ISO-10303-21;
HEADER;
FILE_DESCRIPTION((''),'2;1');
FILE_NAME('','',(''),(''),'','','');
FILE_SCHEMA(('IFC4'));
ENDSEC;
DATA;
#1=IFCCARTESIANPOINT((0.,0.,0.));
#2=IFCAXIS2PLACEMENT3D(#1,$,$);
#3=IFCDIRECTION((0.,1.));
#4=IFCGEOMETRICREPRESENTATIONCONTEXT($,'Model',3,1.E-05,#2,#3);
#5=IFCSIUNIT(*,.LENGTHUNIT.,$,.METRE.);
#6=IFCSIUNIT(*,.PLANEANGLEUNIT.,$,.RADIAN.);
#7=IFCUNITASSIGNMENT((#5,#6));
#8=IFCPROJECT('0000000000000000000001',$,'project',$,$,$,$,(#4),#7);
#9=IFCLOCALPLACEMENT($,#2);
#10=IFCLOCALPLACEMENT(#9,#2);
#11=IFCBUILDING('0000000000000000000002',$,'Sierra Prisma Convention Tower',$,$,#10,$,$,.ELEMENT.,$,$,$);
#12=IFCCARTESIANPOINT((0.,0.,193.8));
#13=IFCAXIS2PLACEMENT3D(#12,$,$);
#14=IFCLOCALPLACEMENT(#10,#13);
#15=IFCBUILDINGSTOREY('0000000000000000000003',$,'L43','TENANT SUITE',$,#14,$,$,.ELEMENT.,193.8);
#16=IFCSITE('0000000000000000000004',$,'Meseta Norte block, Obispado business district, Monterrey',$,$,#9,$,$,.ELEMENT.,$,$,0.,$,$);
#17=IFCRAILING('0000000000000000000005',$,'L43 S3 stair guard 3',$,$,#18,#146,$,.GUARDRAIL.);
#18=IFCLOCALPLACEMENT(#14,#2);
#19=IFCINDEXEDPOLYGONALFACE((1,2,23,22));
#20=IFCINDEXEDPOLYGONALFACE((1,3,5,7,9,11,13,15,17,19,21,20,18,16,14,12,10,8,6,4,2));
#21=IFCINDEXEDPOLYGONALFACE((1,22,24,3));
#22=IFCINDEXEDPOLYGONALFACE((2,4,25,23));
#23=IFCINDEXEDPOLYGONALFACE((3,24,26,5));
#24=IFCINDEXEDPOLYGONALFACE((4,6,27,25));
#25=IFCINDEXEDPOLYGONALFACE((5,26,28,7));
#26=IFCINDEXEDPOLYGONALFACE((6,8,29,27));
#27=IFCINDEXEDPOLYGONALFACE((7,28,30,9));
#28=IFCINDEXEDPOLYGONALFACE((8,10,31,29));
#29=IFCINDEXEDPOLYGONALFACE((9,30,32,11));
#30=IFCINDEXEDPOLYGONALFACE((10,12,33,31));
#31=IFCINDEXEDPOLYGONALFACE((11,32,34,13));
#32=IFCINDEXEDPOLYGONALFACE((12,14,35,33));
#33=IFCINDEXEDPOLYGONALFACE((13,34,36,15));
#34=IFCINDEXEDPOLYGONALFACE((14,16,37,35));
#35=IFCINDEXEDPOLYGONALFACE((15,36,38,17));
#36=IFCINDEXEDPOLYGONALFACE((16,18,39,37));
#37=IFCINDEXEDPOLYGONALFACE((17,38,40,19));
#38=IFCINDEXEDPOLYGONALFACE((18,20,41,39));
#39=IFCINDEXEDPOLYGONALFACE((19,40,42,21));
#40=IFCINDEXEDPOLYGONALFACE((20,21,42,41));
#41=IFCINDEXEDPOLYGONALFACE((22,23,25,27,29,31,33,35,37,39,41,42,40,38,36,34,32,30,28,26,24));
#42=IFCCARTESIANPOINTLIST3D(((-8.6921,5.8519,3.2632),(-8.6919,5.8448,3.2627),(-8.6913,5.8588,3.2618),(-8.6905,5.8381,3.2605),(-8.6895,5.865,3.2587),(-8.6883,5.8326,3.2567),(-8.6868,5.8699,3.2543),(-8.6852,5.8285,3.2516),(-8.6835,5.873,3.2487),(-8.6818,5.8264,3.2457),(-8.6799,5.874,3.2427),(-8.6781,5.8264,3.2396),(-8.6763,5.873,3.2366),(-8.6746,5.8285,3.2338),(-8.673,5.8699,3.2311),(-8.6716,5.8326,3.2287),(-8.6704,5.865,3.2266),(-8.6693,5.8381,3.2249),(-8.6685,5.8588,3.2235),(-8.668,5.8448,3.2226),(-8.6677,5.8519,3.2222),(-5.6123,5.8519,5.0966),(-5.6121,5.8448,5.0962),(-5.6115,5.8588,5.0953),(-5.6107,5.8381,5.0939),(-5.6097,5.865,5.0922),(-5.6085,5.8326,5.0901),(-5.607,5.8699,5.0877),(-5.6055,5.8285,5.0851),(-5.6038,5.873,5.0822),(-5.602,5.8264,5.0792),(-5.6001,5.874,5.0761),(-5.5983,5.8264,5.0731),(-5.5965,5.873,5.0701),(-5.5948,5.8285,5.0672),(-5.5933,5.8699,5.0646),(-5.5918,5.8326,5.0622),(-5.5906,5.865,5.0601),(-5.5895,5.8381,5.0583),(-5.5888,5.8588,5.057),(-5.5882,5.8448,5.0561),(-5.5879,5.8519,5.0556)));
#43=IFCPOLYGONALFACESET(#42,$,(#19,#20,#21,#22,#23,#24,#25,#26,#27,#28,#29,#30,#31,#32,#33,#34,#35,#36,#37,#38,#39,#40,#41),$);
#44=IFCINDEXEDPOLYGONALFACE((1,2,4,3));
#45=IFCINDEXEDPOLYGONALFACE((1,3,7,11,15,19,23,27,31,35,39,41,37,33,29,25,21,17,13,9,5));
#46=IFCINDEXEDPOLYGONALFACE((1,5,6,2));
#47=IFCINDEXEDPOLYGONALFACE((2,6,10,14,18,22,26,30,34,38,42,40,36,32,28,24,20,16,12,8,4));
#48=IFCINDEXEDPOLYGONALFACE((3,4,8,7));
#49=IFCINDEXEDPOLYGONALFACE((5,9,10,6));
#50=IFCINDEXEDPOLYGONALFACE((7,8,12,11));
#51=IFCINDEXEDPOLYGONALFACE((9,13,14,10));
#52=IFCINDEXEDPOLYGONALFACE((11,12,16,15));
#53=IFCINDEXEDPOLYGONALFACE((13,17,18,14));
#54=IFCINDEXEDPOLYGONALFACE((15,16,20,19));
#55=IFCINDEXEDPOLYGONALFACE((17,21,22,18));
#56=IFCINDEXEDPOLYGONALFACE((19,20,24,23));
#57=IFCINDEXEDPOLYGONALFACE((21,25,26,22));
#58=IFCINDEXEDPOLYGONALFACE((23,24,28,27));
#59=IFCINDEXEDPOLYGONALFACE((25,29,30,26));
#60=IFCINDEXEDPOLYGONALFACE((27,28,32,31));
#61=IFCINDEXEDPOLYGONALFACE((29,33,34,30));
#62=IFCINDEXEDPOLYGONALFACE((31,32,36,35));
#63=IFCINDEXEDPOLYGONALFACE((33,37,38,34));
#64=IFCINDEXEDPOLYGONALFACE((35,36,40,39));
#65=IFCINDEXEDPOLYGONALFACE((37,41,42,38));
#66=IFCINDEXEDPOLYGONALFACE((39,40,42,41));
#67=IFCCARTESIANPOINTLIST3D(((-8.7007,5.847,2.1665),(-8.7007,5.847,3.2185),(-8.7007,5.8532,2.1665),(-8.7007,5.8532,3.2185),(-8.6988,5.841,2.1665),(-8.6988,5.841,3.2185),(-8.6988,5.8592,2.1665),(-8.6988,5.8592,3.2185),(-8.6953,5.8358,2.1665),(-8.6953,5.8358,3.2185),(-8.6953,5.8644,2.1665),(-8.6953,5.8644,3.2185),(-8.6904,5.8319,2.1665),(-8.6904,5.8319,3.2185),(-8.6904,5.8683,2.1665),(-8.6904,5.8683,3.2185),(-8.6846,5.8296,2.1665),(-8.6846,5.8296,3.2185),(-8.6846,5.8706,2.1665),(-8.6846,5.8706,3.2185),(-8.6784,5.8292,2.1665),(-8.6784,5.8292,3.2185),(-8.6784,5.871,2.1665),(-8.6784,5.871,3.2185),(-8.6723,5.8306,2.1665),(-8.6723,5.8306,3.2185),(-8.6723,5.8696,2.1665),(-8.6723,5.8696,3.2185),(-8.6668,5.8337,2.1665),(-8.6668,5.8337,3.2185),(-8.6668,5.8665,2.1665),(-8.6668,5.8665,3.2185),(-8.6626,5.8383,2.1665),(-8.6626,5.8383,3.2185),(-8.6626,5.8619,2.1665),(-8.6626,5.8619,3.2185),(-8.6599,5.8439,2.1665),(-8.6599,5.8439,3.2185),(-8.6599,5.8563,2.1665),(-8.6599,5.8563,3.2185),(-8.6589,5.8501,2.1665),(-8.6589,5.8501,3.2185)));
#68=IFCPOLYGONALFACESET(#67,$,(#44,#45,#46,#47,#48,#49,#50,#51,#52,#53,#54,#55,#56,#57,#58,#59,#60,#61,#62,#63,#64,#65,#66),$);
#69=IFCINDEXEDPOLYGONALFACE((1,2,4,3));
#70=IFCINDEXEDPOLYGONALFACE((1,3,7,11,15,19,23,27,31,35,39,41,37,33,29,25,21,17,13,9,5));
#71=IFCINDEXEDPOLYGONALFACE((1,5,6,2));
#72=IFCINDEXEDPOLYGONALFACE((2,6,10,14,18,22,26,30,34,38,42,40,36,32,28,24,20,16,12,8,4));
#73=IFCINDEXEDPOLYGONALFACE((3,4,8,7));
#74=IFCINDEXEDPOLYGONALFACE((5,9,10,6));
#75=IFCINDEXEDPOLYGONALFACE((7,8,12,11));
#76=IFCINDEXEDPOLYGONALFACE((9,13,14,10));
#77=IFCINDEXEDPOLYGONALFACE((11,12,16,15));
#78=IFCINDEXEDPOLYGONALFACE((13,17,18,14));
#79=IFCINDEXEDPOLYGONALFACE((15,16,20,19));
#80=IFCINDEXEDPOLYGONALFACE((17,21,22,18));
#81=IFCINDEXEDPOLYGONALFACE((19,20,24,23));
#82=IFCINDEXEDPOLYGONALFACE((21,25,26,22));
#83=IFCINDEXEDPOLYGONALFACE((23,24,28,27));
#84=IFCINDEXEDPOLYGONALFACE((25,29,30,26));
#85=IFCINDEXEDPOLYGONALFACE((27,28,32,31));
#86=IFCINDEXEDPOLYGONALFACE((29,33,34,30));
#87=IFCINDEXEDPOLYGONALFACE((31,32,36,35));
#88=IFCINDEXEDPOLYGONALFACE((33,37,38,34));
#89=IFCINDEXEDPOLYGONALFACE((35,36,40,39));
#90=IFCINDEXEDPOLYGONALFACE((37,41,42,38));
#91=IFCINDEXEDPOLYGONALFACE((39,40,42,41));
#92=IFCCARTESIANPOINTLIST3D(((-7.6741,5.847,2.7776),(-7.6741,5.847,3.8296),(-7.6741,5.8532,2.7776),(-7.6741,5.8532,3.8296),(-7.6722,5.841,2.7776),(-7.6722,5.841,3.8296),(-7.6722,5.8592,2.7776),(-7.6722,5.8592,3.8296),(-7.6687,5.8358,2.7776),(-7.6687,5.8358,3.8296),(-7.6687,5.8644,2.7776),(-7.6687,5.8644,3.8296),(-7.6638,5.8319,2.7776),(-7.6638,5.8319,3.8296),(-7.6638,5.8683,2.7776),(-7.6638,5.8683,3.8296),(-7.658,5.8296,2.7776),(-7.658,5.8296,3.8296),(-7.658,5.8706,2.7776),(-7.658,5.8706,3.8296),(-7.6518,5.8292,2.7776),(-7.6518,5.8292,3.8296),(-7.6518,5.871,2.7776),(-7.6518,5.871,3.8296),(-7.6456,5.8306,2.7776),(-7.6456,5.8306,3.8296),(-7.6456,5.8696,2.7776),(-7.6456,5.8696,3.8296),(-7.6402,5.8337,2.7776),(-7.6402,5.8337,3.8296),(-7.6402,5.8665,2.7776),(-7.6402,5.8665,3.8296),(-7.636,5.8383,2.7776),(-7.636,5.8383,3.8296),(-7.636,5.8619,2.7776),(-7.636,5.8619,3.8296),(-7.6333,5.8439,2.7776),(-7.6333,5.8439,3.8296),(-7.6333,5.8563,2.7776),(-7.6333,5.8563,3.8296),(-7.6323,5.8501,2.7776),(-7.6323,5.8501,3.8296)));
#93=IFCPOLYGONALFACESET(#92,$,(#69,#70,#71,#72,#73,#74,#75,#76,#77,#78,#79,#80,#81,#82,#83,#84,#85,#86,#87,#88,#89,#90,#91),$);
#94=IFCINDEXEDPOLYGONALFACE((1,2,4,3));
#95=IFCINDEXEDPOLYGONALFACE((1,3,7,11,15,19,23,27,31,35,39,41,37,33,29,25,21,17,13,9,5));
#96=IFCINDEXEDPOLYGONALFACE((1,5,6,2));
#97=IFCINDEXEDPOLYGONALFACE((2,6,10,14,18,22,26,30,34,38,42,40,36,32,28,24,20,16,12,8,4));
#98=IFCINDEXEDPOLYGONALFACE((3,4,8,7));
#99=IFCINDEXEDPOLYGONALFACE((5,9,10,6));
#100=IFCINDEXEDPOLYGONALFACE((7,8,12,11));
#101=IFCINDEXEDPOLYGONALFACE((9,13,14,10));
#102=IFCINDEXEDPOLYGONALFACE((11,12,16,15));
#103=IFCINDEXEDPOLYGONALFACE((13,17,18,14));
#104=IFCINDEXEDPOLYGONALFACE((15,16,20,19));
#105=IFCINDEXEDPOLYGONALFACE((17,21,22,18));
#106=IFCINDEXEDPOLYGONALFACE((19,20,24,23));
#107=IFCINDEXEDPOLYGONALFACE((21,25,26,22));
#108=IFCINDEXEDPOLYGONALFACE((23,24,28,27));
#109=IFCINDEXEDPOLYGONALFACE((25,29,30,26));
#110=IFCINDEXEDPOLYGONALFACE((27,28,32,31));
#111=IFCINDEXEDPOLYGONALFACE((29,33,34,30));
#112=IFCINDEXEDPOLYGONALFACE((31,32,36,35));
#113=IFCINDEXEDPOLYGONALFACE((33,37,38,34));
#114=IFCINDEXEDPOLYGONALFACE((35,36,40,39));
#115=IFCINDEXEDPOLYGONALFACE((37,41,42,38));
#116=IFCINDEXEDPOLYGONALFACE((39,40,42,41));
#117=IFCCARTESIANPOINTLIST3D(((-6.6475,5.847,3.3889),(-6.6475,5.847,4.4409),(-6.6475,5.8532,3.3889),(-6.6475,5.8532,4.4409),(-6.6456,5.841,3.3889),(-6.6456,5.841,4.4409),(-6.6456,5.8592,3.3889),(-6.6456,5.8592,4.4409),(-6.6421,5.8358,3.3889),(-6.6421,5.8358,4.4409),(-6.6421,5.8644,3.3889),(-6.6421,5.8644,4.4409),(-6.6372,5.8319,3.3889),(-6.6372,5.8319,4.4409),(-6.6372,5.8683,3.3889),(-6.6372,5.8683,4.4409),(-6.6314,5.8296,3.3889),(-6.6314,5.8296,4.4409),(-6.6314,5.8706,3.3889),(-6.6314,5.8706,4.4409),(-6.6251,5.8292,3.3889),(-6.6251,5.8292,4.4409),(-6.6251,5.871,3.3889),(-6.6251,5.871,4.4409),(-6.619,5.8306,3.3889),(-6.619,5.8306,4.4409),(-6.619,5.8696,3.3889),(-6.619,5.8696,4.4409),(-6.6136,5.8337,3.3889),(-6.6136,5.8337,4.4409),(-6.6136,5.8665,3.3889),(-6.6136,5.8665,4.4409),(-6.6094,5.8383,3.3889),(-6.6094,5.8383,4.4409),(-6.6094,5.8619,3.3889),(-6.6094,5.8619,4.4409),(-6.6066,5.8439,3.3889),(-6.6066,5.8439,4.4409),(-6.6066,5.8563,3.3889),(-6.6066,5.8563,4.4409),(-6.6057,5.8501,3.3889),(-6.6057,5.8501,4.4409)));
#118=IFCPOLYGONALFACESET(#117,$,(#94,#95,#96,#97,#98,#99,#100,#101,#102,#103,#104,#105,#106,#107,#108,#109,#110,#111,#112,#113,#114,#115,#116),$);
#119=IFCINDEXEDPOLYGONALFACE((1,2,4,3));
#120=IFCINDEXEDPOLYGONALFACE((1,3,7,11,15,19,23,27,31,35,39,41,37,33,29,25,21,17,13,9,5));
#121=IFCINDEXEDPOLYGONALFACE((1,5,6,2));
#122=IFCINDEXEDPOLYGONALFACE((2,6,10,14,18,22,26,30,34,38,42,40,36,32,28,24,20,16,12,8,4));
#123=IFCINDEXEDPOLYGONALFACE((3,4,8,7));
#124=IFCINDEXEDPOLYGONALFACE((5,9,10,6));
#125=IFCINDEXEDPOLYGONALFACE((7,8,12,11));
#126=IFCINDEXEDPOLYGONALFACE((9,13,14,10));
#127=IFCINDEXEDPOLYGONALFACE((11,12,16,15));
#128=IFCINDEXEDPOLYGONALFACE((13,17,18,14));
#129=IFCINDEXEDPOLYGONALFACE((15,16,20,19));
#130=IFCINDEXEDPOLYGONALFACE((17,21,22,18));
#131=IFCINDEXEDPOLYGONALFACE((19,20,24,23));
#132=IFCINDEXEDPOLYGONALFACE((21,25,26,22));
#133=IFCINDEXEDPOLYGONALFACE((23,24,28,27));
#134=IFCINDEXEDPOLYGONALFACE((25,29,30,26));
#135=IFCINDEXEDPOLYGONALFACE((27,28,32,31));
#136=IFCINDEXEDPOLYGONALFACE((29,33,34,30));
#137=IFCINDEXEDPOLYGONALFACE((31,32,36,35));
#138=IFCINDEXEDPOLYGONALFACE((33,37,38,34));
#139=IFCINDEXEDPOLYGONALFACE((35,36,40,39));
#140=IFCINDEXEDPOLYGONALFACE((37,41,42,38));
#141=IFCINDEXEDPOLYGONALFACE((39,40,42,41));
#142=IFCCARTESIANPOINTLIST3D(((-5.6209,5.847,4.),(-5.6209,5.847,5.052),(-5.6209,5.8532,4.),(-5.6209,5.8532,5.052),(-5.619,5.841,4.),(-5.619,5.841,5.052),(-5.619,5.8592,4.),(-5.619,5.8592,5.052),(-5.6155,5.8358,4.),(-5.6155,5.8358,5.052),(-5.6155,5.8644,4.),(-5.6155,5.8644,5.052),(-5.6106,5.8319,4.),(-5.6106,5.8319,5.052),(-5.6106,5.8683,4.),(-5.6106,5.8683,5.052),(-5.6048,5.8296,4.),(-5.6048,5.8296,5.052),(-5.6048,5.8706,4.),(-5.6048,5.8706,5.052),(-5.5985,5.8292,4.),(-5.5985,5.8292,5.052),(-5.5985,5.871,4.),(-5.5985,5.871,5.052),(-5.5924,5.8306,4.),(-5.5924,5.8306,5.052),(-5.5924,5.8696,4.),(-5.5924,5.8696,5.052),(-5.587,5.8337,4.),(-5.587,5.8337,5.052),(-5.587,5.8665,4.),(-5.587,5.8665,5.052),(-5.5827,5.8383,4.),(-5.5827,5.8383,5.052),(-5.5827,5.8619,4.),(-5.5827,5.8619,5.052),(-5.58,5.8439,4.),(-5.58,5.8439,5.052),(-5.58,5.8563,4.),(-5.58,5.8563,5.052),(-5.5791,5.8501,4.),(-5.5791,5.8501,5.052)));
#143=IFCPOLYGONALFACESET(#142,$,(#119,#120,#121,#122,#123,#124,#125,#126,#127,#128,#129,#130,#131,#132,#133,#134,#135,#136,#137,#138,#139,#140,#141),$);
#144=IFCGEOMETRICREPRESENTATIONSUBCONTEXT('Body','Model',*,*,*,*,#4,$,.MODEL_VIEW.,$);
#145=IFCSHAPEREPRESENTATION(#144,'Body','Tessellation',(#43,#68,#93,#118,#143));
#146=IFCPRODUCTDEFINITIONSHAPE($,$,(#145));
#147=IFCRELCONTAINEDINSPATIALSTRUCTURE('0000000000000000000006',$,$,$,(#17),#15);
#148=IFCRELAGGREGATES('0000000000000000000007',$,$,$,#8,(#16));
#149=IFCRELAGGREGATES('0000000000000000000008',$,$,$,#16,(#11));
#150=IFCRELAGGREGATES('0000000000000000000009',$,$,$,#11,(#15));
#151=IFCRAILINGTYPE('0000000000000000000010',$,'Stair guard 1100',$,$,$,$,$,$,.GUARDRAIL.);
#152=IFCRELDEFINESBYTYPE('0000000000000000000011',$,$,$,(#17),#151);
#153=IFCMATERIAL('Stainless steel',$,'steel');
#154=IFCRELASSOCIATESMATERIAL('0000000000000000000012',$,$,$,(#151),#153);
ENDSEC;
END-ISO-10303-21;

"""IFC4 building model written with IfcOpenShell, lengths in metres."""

from ifc_helpers import new_model, si_unit, direction, frame, origin, origin_2d, place, context, subcontext, project, spatial, circle, extrude, material, type_object, element, save


model = new_model("IFC4")

# Units and contexts
model_context = context("Model", 3, precision=1e-05, world=origin(), true_north=direction((0.0, 1.0)))
body_context = subcontext(model_context, "Body", "Model", "MODEL_VIEW")
ifc_project = project(units=[si_unit("LENGTHUNIT", "METRE"), si_unit("PLANEANGLEUNIT", "RADIAN")], contexts=[model_context])

# Site, building, storey
site_placement = place(None, origin())
site = spatial("IfcSite", under=ifc_project, at=site_placement, Name="Meseta Norte block, Obispado business district, Monterrey", CompositionType="ELEMENT", RefElevation=0.0)
building_placement = place(site_placement, origin())
building = spatial("IfcBuilding", under=site, at=building_placement, Name="Sierra Prisma Convention Tower", CompositionType="ELEMENT")
storey_placement = place(building_placement, frame((0.0, 0.0, 193.8)))
storey = spatial("IfcBuildingStorey", under=building, at=storey_placement, Name="L43", Description="TENANT SUITE", CompositionType="ELEMENT", Elevation=193.8)

# Railing
ifc_material_1 = material(Name="Stainless steel", Category="steel")
railing_type_1 = type_object("IfcRailingType", Name="Stair guard 1100", PredefinedType="GUARDRAIL", material=ifc_material_1)
railing_1_placement = place(storey_placement, frame((-8.6799, 5.8501, 2.1665)))
element("IfcRailing", 1, at=railing_1_placement, inside=storey, type_object=railing_type_1, Name="L43 S3 stair guard 3", PredefinedType="GUARDRAIL", context=body_context, shape_type="SweptSolid", body=[
    extrude(circle(Radius=0.0239, at=origin_2d()), frame((0.0, 0.0, 1.0762), z_axis=(0.859261, 0.0, 0.511538), x_axis=(0.0, 1.0, 0.0)), (0.0, 0.0, 1.0), 3.5842),
    extrude(circle(Radius=0.021, at=origin_2d()), origin(), (0.0, 0.0, 1.0), 1.052),
    extrude(circle(Radius=0.021, at=origin_2d()), frame((1.0266, 0.0, 0.6111)), (0.0, 0.0, 1.0), 1.052),
    extrude(circle(Radius=0.021, at=origin_2d()), frame((2.0532, 0.0, 1.2224)), (0.0, 0.0, 1.0), 1.052),
    extrude(circle(Radius=0.021, at=origin_2d()), frame((3.0798, 0.0, 1.8335)), (0.0, 0.0, 1.0), 1.052),
])

save(model, "model.ifc")
